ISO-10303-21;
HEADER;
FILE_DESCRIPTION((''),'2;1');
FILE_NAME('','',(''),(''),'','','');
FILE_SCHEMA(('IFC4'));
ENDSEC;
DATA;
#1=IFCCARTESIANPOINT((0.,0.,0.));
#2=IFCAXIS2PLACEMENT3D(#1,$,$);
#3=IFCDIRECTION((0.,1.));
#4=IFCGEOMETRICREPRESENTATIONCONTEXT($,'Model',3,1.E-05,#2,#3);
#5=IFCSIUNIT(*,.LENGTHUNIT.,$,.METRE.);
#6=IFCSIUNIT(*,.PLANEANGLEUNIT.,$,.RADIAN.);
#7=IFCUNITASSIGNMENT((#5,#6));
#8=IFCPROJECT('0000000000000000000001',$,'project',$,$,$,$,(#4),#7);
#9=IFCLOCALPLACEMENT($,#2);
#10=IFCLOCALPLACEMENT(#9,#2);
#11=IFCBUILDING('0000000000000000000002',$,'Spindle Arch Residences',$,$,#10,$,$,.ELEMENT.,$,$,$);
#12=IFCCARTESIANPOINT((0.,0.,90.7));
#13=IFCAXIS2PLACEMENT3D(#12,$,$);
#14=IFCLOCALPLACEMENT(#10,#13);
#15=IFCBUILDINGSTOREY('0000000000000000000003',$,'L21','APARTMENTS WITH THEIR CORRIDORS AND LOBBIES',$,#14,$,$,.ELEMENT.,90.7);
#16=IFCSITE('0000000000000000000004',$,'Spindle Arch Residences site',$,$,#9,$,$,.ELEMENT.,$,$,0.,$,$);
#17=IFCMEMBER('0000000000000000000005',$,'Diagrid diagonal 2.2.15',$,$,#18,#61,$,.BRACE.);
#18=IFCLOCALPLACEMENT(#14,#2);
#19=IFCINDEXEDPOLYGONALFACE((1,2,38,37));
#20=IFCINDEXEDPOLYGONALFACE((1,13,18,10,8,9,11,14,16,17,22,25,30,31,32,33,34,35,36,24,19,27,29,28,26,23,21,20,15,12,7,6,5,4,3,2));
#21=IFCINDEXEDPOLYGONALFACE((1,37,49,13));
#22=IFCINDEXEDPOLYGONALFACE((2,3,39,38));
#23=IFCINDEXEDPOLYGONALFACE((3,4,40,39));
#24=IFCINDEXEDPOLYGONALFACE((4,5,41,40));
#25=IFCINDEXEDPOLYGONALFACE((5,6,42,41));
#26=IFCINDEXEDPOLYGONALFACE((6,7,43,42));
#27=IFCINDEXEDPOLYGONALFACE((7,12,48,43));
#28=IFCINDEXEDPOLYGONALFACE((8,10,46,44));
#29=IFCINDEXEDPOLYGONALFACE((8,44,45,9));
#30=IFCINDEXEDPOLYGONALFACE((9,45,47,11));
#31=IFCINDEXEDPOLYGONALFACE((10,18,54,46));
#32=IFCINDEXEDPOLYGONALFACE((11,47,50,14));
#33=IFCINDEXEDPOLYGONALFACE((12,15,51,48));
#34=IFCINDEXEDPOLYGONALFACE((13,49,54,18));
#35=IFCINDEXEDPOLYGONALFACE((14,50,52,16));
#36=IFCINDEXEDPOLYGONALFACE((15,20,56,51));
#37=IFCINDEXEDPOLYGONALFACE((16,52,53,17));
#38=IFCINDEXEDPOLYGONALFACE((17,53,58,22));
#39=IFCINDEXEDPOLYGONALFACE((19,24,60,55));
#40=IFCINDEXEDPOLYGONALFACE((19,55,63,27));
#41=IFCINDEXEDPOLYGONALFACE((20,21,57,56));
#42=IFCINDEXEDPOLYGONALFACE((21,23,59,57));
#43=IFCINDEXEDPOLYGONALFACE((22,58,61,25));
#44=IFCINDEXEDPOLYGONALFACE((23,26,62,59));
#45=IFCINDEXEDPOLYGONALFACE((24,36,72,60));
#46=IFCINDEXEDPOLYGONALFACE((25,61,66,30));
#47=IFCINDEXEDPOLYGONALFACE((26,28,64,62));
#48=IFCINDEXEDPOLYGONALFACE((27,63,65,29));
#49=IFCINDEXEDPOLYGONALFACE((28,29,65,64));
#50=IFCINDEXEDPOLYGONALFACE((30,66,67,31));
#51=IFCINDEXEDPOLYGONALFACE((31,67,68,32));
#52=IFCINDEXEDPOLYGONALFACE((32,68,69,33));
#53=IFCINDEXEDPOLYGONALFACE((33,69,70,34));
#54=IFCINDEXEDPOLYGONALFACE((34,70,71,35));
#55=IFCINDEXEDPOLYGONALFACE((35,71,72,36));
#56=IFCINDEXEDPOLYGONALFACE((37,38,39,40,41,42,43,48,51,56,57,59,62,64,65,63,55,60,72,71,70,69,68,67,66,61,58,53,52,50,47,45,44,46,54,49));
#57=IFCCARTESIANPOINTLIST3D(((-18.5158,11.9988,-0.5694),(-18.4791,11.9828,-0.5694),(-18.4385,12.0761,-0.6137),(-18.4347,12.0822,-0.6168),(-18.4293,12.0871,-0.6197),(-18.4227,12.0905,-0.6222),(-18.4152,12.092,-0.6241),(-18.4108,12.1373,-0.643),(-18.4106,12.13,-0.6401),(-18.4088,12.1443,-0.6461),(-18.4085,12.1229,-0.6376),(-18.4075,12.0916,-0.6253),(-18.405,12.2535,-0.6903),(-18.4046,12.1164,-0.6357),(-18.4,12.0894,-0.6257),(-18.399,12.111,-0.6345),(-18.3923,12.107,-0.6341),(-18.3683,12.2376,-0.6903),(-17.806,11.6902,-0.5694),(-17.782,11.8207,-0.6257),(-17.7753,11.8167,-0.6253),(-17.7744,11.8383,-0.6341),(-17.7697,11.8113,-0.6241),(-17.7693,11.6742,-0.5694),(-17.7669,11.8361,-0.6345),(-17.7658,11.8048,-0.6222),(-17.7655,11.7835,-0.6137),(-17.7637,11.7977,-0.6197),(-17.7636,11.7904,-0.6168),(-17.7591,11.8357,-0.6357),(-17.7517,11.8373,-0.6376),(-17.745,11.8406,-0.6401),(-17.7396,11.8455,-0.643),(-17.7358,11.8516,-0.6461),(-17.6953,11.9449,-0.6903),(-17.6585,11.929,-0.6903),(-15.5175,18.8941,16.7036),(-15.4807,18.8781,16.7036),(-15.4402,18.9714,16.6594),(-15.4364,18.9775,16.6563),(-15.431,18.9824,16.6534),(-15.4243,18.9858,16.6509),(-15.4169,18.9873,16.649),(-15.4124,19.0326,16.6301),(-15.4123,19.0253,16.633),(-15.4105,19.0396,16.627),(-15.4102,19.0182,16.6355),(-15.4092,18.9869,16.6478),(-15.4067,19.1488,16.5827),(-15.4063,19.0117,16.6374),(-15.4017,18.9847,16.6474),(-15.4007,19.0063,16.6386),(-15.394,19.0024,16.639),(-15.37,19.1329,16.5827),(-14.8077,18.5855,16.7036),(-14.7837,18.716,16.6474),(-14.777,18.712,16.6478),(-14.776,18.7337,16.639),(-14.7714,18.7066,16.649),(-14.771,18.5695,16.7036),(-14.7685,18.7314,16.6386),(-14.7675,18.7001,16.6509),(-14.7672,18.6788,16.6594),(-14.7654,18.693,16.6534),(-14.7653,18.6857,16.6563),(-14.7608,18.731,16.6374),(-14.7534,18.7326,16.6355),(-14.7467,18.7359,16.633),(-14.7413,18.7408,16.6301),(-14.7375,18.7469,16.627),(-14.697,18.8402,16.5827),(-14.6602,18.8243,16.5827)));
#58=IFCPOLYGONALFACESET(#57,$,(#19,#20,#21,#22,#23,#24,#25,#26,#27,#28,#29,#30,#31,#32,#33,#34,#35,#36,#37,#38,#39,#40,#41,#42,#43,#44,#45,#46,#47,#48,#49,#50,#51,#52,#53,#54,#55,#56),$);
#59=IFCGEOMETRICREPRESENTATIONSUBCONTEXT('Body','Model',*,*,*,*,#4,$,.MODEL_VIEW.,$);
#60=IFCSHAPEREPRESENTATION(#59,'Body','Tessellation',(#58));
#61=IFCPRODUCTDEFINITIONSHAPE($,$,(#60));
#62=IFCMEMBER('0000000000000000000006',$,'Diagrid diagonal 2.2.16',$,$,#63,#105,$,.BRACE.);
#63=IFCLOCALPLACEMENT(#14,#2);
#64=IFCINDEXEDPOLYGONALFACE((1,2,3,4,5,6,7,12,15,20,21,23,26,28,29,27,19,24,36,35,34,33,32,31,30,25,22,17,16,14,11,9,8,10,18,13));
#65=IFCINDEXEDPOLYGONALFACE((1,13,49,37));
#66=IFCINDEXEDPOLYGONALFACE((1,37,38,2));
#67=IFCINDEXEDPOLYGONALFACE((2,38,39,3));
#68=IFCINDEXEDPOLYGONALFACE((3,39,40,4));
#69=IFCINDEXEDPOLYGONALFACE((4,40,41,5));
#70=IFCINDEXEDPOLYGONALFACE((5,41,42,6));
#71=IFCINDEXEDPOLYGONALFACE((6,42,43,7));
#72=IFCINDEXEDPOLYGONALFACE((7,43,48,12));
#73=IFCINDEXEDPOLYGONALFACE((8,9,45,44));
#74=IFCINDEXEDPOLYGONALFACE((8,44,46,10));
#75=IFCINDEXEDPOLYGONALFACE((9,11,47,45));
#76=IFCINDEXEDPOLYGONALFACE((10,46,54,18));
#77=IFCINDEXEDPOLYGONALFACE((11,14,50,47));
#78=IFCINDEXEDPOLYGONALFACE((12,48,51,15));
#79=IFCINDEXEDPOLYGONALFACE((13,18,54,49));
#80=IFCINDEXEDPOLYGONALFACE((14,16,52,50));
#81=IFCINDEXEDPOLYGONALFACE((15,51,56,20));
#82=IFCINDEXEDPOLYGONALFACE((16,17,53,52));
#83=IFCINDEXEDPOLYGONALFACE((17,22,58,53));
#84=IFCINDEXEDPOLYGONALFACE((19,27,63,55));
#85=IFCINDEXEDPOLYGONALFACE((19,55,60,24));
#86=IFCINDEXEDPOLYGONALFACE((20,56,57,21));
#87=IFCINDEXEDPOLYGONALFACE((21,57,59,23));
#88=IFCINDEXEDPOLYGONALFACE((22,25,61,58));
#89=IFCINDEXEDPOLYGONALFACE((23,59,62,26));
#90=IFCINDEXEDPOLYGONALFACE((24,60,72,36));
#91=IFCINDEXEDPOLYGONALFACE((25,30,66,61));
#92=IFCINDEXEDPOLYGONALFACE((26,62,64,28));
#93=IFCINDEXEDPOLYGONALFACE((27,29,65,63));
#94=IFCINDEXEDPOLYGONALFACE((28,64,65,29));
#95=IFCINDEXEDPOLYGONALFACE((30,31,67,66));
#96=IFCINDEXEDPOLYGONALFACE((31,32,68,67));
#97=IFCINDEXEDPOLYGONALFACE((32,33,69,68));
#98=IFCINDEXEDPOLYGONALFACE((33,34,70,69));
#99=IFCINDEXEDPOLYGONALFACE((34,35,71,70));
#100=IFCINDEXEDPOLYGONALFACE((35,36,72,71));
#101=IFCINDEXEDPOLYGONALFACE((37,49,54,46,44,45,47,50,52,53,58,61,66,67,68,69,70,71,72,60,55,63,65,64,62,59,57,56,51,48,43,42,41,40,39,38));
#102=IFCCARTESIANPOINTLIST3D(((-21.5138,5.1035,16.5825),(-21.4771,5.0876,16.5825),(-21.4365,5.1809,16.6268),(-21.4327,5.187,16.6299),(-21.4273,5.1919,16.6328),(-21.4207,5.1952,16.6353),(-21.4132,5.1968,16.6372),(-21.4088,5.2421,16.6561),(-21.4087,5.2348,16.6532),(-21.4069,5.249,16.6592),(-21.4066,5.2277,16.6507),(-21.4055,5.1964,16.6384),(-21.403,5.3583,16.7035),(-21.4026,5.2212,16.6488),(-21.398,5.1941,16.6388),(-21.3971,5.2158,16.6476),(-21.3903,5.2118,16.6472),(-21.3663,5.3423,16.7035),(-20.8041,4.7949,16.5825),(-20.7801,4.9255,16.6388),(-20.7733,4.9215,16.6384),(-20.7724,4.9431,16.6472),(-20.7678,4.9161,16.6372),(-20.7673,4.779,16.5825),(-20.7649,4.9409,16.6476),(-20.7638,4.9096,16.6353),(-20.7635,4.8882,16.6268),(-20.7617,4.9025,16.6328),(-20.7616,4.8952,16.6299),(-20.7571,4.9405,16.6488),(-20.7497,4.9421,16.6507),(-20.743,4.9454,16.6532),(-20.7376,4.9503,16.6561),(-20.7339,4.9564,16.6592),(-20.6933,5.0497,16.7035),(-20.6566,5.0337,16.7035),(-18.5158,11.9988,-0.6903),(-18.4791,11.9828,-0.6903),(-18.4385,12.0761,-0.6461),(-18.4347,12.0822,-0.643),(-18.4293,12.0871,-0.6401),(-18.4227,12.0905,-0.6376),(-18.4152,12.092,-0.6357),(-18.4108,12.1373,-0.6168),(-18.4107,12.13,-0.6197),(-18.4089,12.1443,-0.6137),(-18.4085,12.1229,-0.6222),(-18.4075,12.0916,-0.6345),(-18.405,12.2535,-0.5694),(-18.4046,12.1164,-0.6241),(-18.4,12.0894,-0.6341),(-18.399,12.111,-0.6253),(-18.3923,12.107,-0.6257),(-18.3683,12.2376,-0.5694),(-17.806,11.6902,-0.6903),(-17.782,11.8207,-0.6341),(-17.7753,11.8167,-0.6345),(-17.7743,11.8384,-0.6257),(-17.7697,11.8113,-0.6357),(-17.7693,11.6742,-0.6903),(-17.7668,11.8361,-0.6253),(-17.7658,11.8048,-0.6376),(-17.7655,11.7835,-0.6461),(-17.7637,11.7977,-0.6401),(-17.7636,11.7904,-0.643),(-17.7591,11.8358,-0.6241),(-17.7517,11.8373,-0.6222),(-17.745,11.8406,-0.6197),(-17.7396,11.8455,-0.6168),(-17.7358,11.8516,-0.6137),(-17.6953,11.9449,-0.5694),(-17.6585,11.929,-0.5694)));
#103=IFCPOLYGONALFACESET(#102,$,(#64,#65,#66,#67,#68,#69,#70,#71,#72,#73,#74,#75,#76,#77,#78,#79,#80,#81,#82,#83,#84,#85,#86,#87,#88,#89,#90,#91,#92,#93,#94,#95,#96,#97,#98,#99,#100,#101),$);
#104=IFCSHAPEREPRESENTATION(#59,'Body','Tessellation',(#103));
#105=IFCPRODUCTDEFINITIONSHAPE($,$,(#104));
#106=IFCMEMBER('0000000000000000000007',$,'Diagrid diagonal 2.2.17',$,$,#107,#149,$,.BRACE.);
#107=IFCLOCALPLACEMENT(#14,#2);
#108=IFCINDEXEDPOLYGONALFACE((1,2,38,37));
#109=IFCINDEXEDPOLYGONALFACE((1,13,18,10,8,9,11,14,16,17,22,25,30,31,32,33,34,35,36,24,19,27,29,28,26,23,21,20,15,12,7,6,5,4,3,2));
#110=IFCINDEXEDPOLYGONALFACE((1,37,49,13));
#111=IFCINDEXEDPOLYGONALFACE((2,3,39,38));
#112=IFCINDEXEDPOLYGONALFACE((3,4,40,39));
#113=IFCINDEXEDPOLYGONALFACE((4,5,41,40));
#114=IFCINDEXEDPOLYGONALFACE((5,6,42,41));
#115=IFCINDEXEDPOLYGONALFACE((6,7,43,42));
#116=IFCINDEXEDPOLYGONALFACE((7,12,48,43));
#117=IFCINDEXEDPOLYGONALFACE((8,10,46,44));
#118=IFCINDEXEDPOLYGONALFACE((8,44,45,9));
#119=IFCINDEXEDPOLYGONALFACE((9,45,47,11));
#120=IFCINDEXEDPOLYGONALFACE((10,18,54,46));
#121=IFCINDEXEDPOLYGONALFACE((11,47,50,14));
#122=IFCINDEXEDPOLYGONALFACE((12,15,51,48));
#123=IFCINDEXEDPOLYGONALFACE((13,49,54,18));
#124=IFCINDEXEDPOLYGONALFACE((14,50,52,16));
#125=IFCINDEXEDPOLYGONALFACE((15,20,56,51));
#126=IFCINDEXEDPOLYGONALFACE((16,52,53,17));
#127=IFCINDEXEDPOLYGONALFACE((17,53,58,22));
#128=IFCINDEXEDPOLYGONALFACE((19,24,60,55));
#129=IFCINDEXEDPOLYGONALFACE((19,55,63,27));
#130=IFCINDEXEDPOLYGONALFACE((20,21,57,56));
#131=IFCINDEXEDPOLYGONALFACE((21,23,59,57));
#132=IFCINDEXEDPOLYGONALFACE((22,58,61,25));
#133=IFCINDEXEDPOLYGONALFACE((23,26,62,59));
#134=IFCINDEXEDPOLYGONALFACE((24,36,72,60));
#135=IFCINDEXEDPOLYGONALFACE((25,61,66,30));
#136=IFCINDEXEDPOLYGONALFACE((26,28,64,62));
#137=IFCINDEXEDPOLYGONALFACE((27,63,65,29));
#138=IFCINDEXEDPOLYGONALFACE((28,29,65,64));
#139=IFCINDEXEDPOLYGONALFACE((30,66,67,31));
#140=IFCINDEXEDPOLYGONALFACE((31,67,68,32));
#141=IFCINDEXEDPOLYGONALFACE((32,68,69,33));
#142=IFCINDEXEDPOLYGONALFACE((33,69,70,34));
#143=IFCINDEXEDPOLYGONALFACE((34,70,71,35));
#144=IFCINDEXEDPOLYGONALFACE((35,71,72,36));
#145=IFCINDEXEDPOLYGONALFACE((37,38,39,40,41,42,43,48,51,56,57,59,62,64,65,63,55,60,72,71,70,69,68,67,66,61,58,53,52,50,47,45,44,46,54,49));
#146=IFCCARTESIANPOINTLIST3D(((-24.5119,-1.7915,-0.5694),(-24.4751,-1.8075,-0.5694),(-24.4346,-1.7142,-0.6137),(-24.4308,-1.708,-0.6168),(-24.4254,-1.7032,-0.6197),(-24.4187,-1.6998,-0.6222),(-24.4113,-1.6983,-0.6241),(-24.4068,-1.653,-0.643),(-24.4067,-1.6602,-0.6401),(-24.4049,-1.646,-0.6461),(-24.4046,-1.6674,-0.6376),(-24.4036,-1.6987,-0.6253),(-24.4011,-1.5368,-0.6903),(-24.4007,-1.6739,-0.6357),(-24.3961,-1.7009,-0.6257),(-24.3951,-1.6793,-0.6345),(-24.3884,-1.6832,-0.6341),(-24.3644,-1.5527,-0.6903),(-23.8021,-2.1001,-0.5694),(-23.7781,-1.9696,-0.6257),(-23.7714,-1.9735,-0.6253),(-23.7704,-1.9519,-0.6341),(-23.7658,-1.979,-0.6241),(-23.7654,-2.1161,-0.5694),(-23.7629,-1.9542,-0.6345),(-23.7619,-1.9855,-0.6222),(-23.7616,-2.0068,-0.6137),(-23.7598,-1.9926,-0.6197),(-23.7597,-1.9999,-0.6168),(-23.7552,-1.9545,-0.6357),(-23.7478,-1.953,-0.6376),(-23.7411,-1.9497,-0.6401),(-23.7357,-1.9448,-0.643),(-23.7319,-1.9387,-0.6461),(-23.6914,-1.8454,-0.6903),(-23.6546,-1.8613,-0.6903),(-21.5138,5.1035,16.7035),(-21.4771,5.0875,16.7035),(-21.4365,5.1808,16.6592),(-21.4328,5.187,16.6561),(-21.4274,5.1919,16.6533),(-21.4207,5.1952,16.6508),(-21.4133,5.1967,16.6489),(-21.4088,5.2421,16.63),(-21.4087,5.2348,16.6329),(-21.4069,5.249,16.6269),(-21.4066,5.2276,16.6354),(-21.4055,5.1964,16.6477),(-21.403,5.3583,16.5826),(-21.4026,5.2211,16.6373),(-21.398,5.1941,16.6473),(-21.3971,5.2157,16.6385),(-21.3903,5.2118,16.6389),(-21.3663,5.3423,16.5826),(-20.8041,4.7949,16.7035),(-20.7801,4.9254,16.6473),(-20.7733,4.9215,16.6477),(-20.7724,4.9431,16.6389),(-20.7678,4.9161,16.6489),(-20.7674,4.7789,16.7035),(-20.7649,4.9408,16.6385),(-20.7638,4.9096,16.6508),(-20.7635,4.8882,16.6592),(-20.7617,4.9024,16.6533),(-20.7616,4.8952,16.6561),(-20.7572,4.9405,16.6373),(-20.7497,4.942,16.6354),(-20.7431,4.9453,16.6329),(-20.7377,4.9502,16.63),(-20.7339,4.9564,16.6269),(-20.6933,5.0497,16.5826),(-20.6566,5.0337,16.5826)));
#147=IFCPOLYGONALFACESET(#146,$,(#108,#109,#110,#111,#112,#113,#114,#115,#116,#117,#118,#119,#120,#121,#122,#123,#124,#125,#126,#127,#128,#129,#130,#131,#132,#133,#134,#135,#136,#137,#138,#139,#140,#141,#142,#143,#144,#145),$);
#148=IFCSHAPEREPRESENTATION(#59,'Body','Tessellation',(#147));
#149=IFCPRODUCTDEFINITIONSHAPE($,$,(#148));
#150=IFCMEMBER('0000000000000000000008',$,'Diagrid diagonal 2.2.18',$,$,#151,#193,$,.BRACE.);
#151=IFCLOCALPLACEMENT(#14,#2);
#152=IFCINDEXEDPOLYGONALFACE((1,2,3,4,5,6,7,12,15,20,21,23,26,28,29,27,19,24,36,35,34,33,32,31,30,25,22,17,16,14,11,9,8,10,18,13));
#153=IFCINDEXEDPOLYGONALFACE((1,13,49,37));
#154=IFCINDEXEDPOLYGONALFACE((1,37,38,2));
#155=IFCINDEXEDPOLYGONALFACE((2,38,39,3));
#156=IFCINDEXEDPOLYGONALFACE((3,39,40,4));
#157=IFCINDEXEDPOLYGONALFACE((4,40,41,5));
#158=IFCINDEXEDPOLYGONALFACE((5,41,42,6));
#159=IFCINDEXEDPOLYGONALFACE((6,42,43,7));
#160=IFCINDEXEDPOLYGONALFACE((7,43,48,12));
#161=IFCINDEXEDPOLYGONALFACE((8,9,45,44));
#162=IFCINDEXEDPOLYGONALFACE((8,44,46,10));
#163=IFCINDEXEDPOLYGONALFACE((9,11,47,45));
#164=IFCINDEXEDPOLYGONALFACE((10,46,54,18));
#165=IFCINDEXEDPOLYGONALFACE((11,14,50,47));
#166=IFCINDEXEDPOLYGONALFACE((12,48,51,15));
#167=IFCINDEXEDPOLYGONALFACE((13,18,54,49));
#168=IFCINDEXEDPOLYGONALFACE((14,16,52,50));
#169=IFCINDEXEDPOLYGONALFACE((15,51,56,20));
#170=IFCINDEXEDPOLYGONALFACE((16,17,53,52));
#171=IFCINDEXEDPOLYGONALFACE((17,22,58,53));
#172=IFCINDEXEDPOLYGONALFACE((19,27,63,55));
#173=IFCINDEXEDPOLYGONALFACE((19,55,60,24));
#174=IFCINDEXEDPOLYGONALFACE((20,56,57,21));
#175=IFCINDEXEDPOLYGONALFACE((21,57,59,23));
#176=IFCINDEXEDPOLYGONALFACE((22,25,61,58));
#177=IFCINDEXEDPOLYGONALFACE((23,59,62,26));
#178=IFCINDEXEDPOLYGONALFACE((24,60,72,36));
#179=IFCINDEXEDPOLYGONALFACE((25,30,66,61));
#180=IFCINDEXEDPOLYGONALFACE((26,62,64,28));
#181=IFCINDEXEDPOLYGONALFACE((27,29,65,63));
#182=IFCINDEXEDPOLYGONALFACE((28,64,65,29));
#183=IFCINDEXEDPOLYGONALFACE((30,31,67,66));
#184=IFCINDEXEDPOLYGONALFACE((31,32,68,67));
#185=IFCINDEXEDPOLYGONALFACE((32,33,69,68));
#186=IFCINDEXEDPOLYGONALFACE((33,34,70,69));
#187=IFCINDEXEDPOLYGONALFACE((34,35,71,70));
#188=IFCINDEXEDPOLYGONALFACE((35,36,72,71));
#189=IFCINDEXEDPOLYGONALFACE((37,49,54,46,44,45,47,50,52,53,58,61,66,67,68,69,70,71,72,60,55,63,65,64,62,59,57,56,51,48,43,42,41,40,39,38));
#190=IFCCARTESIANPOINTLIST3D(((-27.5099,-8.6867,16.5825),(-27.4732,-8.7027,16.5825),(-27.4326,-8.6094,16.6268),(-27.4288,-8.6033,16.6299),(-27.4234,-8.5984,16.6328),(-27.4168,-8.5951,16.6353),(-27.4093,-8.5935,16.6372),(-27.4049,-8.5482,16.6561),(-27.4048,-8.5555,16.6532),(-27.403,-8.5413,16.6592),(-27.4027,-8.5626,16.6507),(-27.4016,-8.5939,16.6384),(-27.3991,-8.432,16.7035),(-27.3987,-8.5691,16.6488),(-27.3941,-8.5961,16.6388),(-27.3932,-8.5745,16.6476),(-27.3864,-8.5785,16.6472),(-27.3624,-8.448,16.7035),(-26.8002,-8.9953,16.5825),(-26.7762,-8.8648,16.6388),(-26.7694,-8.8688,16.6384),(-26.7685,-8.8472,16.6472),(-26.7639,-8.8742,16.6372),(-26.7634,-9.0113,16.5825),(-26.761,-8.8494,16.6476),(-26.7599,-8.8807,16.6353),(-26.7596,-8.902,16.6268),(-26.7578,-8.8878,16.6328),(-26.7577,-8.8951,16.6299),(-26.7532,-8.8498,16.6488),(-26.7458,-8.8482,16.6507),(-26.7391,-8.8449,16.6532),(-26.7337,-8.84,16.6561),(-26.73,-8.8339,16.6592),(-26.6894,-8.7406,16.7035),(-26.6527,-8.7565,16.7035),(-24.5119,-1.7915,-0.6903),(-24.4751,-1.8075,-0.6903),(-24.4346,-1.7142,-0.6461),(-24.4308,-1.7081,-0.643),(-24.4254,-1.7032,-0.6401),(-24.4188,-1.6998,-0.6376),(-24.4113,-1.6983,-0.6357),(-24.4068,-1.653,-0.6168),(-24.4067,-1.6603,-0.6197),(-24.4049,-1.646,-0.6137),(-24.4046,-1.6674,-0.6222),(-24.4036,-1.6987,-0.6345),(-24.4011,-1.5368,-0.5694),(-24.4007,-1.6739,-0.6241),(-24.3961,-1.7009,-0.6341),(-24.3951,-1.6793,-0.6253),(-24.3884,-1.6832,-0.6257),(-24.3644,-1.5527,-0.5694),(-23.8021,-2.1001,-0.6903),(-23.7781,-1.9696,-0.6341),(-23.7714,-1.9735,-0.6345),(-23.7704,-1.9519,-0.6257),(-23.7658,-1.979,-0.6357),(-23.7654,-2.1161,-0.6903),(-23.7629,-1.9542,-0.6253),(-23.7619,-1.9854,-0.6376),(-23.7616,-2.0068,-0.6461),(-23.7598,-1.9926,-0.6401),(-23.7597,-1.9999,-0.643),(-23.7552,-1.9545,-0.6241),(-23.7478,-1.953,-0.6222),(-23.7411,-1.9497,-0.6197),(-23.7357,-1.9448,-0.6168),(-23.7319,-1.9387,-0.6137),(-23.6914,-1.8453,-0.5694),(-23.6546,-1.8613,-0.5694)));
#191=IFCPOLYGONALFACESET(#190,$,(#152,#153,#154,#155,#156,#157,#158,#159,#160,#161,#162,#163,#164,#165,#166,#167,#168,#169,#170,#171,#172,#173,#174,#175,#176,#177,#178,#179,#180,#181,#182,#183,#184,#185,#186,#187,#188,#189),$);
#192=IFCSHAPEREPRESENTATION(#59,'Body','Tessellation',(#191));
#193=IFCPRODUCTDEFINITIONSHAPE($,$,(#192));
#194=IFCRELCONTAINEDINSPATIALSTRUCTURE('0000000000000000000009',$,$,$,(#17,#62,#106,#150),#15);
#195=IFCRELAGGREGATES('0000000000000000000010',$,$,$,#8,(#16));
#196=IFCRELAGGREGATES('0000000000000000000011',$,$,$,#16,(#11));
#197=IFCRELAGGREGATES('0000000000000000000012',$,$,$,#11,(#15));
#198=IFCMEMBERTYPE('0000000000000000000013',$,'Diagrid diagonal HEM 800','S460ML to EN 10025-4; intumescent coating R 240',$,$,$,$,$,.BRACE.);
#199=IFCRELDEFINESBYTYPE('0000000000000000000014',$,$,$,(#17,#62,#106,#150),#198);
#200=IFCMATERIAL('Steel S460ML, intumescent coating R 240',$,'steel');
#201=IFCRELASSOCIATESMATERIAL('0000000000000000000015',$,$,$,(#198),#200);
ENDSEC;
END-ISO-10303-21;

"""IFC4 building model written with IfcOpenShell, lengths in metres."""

from ifc_helpers import new_model, si_unit, direction, frame, origin, origin_2d, place, context, subcontext, project, spatial, i_section, extrude, material, material_profile, profile_set, type_object, element, save


model = new_model("IFC4")

# Units and contexts
model_context = context("Model", 3, precision=1e-05, world=origin(), true_north=direction((0.0, 1.0)))
body_context = subcontext(model_context, "Body", "Model", "MODEL_VIEW")
ifc_project = project(units=[si_unit("LENGTHUNIT", "METRE"), si_unit("PLANEANGLEUNIT", "RADIAN")], contexts=[model_context])

# Site, building, storey
site_placement = place(None, origin())
site = spatial("IfcSite", under=ifc_project, at=site_placement, Name="Spindle Arch Residences site", CompositionType="ELEMENT", RefElevation=0.0)
building_placement = place(site_placement, origin())
building = spatial("IfcBuilding", under=site, at=building_placement, Name="Spindle Arch Residences", CompositionType="ELEMENT")
storey_placement = place(building_placement, frame((0.0, 0.0, 90.7)))
storey = spatial("IfcBuildingStorey", under=building, at=storey_placement, Name="L21", Description="APARTMENTS WITH THEIR CORRIDORS AND LOBBIES", CompositionType="ELEMENT", Elevation=90.7)

# Members
ifc_material_1 = material(Name="Steel S460ML, intumescent coating R 240", Category="steel")
ifc_material_profile_1 = material_profile(ifc_material_1, i_section(OverallWidth=0.303, OverallDepth=0.814, WebThickness=0.021, FlangeThickness=0.04, FilletRadius=0.03, at=origin_2d()), Name="HEM 800")
ifc_profile_set_1 = profile_set([ifc_material_profile_1], Name="Steel S460ML, intumescent coating R 240")
member_type_1 = type_object("IfcMemberType", Name="Diagrid diagonal HEM 800", Description="S460ML to EN 10025-4; intumescent coating R 240", PredefinedType="BRACE", material=ifc_profile_set_1)
member_1_placement = place(storey_placement, frame((-18.0872, 11.9639, -0.6299), z_axis=(0.159158, 0.36602, 0.916896), x_axis=(-0.365626, -0.840842, 0.399126)))
element("IfcMember", 1, at=member_1_placement, inside=storey, type_object=member_type_1, Name="Diagrid diagonal 2.2.15", PredefinedType="BRACE", context=body_context, shape_type="SweptSolid", body=[
    extrude(i_section(OverallWidth=0.303, OverallDepth=0.814, WebThickness=0.021, FlangeThickness=0.04, FilletRadius=0.03, at=origin_2d()), origin(), (0.0, 0.0, 1.0), 18.8386),
])
for number, where, z_axis, x_axis, name in (
    (2, (-18.0872, 11.9639, -0.6299), (-0.159145, -0.36602, 0.916898), (0.365602, 0.840855, 0.399122), "Diagrid diagonal 2.2.16"),
    (3, (-24.0833, -1.8264, -0.6299), (0.159146, 0.366009, 0.916902), (-0.365615, -0.840854, 0.399112), "Diagrid diagonal 2.2.17"),
    (4, (-24.0833, -1.8264, -0.6299), (-0.159145, -0.36602, 0.916898), (0.365602, 0.840855, 0.399122), "Diagrid diagonal 2.2.18"),
):
    element("IfcMember", number, at=place(storey_placement, frame(where, z_axis=z_axis, x_axis=x_axis)), inside=storey, type_object=member_type_1, Name=name, PredefinedType="BRACE", context=body_context, shape_type="SweptSolid", body=[
        extrude(i_section(OverallWidth=0.303, OverallDepth=0.814, WebThickness=0.021, FlangeThickness=0.04, FilletRadius=0.03, at=origin_2d()), origin(), (0.0, 0.0, 1.0), 18.8384),
    ])

save(model, "model.ifc")
